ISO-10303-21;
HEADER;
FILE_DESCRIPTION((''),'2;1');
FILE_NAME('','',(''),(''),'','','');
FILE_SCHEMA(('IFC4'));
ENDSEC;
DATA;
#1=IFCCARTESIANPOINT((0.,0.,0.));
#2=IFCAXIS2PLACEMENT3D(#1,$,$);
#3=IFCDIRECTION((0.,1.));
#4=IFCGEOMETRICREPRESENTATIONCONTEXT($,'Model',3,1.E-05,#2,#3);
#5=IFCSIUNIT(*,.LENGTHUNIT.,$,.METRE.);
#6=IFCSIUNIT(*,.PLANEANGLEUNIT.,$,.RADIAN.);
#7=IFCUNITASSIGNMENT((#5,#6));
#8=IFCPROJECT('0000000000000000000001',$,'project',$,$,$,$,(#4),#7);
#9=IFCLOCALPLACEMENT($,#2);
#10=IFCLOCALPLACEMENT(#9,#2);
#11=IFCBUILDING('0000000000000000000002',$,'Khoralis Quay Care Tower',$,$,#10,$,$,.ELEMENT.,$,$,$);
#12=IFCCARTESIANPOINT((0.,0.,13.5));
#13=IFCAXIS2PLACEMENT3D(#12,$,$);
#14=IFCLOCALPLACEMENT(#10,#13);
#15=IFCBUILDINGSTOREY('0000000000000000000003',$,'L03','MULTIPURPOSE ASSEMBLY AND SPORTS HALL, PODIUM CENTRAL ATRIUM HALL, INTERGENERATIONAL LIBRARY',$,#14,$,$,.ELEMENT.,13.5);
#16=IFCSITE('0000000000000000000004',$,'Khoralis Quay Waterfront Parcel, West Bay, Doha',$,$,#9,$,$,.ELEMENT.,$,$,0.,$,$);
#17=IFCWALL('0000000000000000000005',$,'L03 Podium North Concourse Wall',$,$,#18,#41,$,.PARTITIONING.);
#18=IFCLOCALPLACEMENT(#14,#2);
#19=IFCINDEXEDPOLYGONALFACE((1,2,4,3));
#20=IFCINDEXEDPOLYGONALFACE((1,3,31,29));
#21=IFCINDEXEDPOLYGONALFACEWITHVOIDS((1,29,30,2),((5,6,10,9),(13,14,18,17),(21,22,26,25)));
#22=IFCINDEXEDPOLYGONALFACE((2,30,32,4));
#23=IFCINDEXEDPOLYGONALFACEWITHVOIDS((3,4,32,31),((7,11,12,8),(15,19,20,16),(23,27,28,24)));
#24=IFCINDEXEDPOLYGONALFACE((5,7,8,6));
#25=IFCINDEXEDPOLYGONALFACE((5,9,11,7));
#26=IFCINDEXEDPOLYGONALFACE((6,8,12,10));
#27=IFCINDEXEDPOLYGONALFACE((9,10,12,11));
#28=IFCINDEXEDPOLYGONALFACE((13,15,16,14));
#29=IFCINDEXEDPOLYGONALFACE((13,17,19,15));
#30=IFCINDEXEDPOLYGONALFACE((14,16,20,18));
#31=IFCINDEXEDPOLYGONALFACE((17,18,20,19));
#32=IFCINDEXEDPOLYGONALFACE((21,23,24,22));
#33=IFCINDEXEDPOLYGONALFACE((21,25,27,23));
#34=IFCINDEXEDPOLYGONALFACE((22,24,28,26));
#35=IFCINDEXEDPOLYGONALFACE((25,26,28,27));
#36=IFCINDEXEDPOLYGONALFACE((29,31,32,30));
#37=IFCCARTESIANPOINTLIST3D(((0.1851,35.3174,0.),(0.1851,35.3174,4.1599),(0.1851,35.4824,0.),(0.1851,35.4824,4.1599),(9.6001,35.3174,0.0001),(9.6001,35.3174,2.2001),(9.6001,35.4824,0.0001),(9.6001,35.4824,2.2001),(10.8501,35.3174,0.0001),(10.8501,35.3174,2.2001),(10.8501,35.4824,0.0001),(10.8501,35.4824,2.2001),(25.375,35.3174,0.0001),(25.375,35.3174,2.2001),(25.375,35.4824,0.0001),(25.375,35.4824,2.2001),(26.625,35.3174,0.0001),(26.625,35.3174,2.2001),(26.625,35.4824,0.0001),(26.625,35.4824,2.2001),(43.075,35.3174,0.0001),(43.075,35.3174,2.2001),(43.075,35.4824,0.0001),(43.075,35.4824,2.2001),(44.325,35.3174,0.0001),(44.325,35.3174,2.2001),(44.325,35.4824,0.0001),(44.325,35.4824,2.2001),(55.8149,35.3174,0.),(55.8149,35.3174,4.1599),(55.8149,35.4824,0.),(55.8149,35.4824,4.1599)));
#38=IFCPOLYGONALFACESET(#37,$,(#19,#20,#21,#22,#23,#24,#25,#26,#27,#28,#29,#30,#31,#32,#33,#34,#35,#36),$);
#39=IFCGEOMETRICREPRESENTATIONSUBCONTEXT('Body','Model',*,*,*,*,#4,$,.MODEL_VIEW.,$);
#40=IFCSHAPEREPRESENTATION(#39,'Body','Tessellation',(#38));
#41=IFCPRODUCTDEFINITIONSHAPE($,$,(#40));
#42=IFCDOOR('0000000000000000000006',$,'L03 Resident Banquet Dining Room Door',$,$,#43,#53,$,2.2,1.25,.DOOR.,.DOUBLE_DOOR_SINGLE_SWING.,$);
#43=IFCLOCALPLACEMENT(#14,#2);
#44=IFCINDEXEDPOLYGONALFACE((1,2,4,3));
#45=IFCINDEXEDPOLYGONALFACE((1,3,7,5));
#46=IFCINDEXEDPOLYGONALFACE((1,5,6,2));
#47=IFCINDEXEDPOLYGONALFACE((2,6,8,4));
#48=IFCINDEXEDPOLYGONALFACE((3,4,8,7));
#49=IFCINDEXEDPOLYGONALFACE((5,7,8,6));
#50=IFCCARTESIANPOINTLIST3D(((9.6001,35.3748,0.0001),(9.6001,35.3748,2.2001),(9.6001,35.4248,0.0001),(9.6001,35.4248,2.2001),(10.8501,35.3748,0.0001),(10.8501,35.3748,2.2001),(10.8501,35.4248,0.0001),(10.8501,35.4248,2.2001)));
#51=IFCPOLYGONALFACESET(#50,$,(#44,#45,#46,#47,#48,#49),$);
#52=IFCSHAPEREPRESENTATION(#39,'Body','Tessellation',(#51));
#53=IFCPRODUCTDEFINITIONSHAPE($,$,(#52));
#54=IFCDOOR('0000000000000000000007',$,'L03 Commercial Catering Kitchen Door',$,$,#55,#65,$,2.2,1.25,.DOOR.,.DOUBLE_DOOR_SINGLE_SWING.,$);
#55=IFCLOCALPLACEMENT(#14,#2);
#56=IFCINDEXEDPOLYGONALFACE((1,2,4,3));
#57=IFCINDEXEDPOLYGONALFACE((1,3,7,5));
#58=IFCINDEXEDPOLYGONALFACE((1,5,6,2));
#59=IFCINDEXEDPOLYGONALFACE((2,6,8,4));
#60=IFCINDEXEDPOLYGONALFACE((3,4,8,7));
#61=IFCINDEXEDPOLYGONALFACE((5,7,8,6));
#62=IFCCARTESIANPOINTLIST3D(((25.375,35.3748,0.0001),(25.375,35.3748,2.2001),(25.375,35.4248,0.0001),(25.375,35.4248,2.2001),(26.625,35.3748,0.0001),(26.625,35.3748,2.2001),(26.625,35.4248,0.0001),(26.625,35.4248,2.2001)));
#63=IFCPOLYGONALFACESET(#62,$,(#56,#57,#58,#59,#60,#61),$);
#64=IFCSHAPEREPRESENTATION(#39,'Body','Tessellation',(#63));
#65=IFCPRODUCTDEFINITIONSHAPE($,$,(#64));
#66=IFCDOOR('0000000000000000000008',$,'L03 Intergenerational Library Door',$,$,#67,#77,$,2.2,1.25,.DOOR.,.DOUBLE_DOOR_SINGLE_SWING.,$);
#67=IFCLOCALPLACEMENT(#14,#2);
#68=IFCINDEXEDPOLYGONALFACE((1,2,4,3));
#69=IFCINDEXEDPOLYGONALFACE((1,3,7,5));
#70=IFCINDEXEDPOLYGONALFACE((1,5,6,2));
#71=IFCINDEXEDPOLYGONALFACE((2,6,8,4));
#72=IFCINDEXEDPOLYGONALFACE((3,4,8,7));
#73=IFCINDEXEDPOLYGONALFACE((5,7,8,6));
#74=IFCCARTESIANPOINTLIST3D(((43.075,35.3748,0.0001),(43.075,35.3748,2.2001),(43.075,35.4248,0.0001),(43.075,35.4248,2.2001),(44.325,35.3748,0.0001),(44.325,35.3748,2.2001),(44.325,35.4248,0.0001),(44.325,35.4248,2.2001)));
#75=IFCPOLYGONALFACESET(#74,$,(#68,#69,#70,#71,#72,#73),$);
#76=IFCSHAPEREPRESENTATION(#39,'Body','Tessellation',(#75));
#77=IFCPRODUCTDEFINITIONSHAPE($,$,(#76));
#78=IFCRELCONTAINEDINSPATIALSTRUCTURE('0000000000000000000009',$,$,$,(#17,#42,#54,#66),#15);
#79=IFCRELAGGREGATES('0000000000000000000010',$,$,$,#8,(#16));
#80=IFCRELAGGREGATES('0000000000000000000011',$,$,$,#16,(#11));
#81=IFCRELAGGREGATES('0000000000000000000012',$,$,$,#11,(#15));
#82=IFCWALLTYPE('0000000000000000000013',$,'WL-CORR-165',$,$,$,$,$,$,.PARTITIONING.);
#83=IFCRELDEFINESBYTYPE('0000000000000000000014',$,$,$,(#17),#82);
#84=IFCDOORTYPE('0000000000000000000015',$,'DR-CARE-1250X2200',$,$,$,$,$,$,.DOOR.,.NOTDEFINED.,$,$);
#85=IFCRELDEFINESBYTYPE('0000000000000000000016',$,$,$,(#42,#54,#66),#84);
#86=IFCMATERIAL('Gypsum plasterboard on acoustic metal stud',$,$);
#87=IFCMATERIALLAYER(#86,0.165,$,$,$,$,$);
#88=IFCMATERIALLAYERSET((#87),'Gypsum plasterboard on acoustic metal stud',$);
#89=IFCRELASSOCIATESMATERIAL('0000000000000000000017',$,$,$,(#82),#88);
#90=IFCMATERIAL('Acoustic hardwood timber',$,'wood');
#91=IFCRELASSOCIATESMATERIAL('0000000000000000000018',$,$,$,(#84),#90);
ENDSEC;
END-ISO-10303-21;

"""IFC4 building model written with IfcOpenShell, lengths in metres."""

from ifc_helpers import new_model, si_unit, direction, frame, frame_2d, origin, place, context, subcontext, project, spatial, rectangle, extrude, source, transform, mapped, material, layer, layer_set, type_object, element, fill, save


model = new_model("IFC4")

# Units and contexts
model_context = context("Model", 3, precision=1e-05, world=origin(), true_north=direction((0.0, 1.0)))
body_context = subcontext(model_context, "Body", "Model", "MODEL_VIEW")
ifc_project = project(units=[si_unit("LENGTHUNIT", "METRE"), si_unit("PLANEANGLEUNIT", "RADIAN")], contexts=[model_context])

# Site, building, storey
site_placement = place(None, origin())
site = spatial("IfcSite", under=ifc_project, at=site_placement, Name="Khoralis Quay Waterfront Parcel, West Bay, Doha", CompositionType="ELEMENT", RefElevation=0.0)
building_placement = place(site_placement, origin())
building = spatial("IfcBuilding", under=site, at=building_placement, Name="Khoralis Quay Care Tower", CompositionType="ELEMENT")
storey_placement = place(building_placement, frame((0.0, 0.0, 13.5)))
storey = spatial("IfcBuildingStorey", under=building, at=storey_placement, Name="L03", Description="MULTIPURPOSE ASSEMBLY AND SPORTS HALL, PODIUM CENTRAL ATRIUM HALL, INTERGENERATIONAL LIBRARY", CompositionType="ELEMENT", Elevation=13.5)

# Wall, openings, doors
ifc_material_1 = material(Name="Gypsum plasterboard on acoustic metal stud")
ifc_layer_1 = layer(ifc_material_1, 0.165)
ifc_layer_set_1 = layer_set([ifc_layer_1], Name="Gypsum plasterboard on acoustic metal stud")
wall_type_1 = type_object("IfcWallType", Name="WL-CORR-165", PredefinedType="PARTITIONING", material=ifc_layer_set_1)
wall_1_placement = place(storey_placement, frame((0.1851, 35.3999, 0.0), z_axis=(0.0, 0.0, 1.0), x_axis=(1.0, 0.0, 0.0)))
wall_1 = element("IfcWall", 1, at=wall_1_placement, inside=storey, type_object=wall_type_1, Name="L03 Podium North Concourse Wall", PredefinedType="PARTITIONING", context=body_context, shape_type="SweptSolid", body=[
    extrude(rectangle(XDim=55.6299, YDim=0.165, at=frame_2d((27.8149, 0.0))), origin(), (0.0, 0.0, 1.0), 4.1599),
])
opening_1_placement = place(wall_1_placement, frame((9.415, 0.0, 0.0)))
opening_1 = element("IfcOpeningElement", 2, at=opening_1_placement, cuts=wall_1, PredefinedType="OPENING", context=body_context, shape_type="SweptSolid", body=[
    extrude(rectangle(XDim=1.25, YDim=2.2, at=frame_2d((0.625, 1.1001))), frame((0.0, 0.0925, 0.0), z_axis=(0.0, -1.0, 0.0), x_axis=(1.0, 0.0, 0.0)), (0.0, 0.0, 1.0), 0.1851),
])
opening_2_placement = place(wall_1_placement, frame((25.1899, 0.0, 0.0)))
opening_2 = element("IfcOpeningElement", 3, at=opening_2_placement, cuts=wall_1, PredefinedType="OPENING", context=body_context, shape_type="SweptSolid", body=[
    extrude(rectangle(XDim=1.25, YDim=2.2, at=frame_2d((0.625, 1.1001))), frame((0.0, 0.0925, 0.0), z_axis=(0.0, -1.0, 0.0), x_axis=(1.0, 0.0, 0.0)), (0.0, 0.0, 1.0), 0.1851),
])
opening_3_placement = place(wall_1_placement, frame((42.8899, 0.0, 0.0)))
opening_3 = element("IfcOpeningElement", 4, at=opening_3_placement, cuts=wall_1, PredefinedType="OPENING", context=body_context, shape_type="SweptSolid", body=[
    extrude(rectangle(XDim=1.25, YDim=2.2, at=frame_2d((0.625, 1.1001))), frame((0.0, 0.0925, 0.0), z_axis=(0.0, -1.0, 0.0), x_axis=(1.0, 0.0, 0.0)), (0.0, 0.0, 1.0), 0.1851),
])
ifc_material_2 = material(Name="Acoustic hardwood timber", Category="wood")
door_type = type_object("IfcDoorType", Name="DR-CARE-1250X2200", OperationType="NOTDEFINED", PredefinedType="DOOR", material=ifc_material_2)
shared_shape_1 = source(origin(), body_context, "Body", "SweptSolid", [
    extrude(rectangle(XDim=1.25, YDim=2.2, at=frame_2d((0.625, 1.1001))), frame((0.0, 0.0249, 0.0), z_axis=(0.0, -1.0, 0.0), x_axis=(1.0, 0.0, 0.0)), (0.0, 0.0, 1.0), 0.05),
])
door_1_placement = place(opening_1_placement, origin())
door_1 = element("IfcDoor", 5, at=door_1_placement, inside=storey, type_object=door_type, Name="L03 Resident Banquet Dining Room Door", OperationType="DOUBLE_DOOR_SINGLE_SWING", OverallHeight=2.2, OverallWidth=1.25, PredefinedType="DOOR", context=body_context, shape_type="MappedRepresentation", body=[
    mapped(shared_shape_1, transform((0.0, 0.0, 0.0), scale=1.0)),
])
fill(opening_1, door_1)
door_2_placement = place(opening_2_placement, origin())
door_2 = element("IfcDoor", 6, at=door_2_placement, inside=storey, type_object=door_type, Name="L03 Commercial Catering Kitchen Door", OperationType="DOUBLE_DOOR_SINGLE_SWING", OverallHeight=2.2, OverallWidth=1.25, PredefinedType="DOOR", context=body_context, shape_type="MappedRepresentation", body=[
    mapped(shared_shape_1, transform((0.0, 0.0, 0.0), scale=1.0)),
])
fill(opening_2, door_2)
door_3_placement = place(opening_3_placement, origin())
door_3 = element("IfcDoor", 7, at=door_3_placement, inside=storey, type_object=door_type, Name="L03 Intergenerational Library Door", OperationType="DOUBLE_DOOR_SINGLE_SWING", OverallHeight=2.2, OverallWidth=1.25, PredefinedType="DOOR", context=body_context, shape_type="MappedRepresentation", body=[
    mapped(shared_shape_1, transform((0.0, 0.0, 0.0), scale=1.0)),
])
fill(opening_3, door_3)

save(model, "model.ifc")
